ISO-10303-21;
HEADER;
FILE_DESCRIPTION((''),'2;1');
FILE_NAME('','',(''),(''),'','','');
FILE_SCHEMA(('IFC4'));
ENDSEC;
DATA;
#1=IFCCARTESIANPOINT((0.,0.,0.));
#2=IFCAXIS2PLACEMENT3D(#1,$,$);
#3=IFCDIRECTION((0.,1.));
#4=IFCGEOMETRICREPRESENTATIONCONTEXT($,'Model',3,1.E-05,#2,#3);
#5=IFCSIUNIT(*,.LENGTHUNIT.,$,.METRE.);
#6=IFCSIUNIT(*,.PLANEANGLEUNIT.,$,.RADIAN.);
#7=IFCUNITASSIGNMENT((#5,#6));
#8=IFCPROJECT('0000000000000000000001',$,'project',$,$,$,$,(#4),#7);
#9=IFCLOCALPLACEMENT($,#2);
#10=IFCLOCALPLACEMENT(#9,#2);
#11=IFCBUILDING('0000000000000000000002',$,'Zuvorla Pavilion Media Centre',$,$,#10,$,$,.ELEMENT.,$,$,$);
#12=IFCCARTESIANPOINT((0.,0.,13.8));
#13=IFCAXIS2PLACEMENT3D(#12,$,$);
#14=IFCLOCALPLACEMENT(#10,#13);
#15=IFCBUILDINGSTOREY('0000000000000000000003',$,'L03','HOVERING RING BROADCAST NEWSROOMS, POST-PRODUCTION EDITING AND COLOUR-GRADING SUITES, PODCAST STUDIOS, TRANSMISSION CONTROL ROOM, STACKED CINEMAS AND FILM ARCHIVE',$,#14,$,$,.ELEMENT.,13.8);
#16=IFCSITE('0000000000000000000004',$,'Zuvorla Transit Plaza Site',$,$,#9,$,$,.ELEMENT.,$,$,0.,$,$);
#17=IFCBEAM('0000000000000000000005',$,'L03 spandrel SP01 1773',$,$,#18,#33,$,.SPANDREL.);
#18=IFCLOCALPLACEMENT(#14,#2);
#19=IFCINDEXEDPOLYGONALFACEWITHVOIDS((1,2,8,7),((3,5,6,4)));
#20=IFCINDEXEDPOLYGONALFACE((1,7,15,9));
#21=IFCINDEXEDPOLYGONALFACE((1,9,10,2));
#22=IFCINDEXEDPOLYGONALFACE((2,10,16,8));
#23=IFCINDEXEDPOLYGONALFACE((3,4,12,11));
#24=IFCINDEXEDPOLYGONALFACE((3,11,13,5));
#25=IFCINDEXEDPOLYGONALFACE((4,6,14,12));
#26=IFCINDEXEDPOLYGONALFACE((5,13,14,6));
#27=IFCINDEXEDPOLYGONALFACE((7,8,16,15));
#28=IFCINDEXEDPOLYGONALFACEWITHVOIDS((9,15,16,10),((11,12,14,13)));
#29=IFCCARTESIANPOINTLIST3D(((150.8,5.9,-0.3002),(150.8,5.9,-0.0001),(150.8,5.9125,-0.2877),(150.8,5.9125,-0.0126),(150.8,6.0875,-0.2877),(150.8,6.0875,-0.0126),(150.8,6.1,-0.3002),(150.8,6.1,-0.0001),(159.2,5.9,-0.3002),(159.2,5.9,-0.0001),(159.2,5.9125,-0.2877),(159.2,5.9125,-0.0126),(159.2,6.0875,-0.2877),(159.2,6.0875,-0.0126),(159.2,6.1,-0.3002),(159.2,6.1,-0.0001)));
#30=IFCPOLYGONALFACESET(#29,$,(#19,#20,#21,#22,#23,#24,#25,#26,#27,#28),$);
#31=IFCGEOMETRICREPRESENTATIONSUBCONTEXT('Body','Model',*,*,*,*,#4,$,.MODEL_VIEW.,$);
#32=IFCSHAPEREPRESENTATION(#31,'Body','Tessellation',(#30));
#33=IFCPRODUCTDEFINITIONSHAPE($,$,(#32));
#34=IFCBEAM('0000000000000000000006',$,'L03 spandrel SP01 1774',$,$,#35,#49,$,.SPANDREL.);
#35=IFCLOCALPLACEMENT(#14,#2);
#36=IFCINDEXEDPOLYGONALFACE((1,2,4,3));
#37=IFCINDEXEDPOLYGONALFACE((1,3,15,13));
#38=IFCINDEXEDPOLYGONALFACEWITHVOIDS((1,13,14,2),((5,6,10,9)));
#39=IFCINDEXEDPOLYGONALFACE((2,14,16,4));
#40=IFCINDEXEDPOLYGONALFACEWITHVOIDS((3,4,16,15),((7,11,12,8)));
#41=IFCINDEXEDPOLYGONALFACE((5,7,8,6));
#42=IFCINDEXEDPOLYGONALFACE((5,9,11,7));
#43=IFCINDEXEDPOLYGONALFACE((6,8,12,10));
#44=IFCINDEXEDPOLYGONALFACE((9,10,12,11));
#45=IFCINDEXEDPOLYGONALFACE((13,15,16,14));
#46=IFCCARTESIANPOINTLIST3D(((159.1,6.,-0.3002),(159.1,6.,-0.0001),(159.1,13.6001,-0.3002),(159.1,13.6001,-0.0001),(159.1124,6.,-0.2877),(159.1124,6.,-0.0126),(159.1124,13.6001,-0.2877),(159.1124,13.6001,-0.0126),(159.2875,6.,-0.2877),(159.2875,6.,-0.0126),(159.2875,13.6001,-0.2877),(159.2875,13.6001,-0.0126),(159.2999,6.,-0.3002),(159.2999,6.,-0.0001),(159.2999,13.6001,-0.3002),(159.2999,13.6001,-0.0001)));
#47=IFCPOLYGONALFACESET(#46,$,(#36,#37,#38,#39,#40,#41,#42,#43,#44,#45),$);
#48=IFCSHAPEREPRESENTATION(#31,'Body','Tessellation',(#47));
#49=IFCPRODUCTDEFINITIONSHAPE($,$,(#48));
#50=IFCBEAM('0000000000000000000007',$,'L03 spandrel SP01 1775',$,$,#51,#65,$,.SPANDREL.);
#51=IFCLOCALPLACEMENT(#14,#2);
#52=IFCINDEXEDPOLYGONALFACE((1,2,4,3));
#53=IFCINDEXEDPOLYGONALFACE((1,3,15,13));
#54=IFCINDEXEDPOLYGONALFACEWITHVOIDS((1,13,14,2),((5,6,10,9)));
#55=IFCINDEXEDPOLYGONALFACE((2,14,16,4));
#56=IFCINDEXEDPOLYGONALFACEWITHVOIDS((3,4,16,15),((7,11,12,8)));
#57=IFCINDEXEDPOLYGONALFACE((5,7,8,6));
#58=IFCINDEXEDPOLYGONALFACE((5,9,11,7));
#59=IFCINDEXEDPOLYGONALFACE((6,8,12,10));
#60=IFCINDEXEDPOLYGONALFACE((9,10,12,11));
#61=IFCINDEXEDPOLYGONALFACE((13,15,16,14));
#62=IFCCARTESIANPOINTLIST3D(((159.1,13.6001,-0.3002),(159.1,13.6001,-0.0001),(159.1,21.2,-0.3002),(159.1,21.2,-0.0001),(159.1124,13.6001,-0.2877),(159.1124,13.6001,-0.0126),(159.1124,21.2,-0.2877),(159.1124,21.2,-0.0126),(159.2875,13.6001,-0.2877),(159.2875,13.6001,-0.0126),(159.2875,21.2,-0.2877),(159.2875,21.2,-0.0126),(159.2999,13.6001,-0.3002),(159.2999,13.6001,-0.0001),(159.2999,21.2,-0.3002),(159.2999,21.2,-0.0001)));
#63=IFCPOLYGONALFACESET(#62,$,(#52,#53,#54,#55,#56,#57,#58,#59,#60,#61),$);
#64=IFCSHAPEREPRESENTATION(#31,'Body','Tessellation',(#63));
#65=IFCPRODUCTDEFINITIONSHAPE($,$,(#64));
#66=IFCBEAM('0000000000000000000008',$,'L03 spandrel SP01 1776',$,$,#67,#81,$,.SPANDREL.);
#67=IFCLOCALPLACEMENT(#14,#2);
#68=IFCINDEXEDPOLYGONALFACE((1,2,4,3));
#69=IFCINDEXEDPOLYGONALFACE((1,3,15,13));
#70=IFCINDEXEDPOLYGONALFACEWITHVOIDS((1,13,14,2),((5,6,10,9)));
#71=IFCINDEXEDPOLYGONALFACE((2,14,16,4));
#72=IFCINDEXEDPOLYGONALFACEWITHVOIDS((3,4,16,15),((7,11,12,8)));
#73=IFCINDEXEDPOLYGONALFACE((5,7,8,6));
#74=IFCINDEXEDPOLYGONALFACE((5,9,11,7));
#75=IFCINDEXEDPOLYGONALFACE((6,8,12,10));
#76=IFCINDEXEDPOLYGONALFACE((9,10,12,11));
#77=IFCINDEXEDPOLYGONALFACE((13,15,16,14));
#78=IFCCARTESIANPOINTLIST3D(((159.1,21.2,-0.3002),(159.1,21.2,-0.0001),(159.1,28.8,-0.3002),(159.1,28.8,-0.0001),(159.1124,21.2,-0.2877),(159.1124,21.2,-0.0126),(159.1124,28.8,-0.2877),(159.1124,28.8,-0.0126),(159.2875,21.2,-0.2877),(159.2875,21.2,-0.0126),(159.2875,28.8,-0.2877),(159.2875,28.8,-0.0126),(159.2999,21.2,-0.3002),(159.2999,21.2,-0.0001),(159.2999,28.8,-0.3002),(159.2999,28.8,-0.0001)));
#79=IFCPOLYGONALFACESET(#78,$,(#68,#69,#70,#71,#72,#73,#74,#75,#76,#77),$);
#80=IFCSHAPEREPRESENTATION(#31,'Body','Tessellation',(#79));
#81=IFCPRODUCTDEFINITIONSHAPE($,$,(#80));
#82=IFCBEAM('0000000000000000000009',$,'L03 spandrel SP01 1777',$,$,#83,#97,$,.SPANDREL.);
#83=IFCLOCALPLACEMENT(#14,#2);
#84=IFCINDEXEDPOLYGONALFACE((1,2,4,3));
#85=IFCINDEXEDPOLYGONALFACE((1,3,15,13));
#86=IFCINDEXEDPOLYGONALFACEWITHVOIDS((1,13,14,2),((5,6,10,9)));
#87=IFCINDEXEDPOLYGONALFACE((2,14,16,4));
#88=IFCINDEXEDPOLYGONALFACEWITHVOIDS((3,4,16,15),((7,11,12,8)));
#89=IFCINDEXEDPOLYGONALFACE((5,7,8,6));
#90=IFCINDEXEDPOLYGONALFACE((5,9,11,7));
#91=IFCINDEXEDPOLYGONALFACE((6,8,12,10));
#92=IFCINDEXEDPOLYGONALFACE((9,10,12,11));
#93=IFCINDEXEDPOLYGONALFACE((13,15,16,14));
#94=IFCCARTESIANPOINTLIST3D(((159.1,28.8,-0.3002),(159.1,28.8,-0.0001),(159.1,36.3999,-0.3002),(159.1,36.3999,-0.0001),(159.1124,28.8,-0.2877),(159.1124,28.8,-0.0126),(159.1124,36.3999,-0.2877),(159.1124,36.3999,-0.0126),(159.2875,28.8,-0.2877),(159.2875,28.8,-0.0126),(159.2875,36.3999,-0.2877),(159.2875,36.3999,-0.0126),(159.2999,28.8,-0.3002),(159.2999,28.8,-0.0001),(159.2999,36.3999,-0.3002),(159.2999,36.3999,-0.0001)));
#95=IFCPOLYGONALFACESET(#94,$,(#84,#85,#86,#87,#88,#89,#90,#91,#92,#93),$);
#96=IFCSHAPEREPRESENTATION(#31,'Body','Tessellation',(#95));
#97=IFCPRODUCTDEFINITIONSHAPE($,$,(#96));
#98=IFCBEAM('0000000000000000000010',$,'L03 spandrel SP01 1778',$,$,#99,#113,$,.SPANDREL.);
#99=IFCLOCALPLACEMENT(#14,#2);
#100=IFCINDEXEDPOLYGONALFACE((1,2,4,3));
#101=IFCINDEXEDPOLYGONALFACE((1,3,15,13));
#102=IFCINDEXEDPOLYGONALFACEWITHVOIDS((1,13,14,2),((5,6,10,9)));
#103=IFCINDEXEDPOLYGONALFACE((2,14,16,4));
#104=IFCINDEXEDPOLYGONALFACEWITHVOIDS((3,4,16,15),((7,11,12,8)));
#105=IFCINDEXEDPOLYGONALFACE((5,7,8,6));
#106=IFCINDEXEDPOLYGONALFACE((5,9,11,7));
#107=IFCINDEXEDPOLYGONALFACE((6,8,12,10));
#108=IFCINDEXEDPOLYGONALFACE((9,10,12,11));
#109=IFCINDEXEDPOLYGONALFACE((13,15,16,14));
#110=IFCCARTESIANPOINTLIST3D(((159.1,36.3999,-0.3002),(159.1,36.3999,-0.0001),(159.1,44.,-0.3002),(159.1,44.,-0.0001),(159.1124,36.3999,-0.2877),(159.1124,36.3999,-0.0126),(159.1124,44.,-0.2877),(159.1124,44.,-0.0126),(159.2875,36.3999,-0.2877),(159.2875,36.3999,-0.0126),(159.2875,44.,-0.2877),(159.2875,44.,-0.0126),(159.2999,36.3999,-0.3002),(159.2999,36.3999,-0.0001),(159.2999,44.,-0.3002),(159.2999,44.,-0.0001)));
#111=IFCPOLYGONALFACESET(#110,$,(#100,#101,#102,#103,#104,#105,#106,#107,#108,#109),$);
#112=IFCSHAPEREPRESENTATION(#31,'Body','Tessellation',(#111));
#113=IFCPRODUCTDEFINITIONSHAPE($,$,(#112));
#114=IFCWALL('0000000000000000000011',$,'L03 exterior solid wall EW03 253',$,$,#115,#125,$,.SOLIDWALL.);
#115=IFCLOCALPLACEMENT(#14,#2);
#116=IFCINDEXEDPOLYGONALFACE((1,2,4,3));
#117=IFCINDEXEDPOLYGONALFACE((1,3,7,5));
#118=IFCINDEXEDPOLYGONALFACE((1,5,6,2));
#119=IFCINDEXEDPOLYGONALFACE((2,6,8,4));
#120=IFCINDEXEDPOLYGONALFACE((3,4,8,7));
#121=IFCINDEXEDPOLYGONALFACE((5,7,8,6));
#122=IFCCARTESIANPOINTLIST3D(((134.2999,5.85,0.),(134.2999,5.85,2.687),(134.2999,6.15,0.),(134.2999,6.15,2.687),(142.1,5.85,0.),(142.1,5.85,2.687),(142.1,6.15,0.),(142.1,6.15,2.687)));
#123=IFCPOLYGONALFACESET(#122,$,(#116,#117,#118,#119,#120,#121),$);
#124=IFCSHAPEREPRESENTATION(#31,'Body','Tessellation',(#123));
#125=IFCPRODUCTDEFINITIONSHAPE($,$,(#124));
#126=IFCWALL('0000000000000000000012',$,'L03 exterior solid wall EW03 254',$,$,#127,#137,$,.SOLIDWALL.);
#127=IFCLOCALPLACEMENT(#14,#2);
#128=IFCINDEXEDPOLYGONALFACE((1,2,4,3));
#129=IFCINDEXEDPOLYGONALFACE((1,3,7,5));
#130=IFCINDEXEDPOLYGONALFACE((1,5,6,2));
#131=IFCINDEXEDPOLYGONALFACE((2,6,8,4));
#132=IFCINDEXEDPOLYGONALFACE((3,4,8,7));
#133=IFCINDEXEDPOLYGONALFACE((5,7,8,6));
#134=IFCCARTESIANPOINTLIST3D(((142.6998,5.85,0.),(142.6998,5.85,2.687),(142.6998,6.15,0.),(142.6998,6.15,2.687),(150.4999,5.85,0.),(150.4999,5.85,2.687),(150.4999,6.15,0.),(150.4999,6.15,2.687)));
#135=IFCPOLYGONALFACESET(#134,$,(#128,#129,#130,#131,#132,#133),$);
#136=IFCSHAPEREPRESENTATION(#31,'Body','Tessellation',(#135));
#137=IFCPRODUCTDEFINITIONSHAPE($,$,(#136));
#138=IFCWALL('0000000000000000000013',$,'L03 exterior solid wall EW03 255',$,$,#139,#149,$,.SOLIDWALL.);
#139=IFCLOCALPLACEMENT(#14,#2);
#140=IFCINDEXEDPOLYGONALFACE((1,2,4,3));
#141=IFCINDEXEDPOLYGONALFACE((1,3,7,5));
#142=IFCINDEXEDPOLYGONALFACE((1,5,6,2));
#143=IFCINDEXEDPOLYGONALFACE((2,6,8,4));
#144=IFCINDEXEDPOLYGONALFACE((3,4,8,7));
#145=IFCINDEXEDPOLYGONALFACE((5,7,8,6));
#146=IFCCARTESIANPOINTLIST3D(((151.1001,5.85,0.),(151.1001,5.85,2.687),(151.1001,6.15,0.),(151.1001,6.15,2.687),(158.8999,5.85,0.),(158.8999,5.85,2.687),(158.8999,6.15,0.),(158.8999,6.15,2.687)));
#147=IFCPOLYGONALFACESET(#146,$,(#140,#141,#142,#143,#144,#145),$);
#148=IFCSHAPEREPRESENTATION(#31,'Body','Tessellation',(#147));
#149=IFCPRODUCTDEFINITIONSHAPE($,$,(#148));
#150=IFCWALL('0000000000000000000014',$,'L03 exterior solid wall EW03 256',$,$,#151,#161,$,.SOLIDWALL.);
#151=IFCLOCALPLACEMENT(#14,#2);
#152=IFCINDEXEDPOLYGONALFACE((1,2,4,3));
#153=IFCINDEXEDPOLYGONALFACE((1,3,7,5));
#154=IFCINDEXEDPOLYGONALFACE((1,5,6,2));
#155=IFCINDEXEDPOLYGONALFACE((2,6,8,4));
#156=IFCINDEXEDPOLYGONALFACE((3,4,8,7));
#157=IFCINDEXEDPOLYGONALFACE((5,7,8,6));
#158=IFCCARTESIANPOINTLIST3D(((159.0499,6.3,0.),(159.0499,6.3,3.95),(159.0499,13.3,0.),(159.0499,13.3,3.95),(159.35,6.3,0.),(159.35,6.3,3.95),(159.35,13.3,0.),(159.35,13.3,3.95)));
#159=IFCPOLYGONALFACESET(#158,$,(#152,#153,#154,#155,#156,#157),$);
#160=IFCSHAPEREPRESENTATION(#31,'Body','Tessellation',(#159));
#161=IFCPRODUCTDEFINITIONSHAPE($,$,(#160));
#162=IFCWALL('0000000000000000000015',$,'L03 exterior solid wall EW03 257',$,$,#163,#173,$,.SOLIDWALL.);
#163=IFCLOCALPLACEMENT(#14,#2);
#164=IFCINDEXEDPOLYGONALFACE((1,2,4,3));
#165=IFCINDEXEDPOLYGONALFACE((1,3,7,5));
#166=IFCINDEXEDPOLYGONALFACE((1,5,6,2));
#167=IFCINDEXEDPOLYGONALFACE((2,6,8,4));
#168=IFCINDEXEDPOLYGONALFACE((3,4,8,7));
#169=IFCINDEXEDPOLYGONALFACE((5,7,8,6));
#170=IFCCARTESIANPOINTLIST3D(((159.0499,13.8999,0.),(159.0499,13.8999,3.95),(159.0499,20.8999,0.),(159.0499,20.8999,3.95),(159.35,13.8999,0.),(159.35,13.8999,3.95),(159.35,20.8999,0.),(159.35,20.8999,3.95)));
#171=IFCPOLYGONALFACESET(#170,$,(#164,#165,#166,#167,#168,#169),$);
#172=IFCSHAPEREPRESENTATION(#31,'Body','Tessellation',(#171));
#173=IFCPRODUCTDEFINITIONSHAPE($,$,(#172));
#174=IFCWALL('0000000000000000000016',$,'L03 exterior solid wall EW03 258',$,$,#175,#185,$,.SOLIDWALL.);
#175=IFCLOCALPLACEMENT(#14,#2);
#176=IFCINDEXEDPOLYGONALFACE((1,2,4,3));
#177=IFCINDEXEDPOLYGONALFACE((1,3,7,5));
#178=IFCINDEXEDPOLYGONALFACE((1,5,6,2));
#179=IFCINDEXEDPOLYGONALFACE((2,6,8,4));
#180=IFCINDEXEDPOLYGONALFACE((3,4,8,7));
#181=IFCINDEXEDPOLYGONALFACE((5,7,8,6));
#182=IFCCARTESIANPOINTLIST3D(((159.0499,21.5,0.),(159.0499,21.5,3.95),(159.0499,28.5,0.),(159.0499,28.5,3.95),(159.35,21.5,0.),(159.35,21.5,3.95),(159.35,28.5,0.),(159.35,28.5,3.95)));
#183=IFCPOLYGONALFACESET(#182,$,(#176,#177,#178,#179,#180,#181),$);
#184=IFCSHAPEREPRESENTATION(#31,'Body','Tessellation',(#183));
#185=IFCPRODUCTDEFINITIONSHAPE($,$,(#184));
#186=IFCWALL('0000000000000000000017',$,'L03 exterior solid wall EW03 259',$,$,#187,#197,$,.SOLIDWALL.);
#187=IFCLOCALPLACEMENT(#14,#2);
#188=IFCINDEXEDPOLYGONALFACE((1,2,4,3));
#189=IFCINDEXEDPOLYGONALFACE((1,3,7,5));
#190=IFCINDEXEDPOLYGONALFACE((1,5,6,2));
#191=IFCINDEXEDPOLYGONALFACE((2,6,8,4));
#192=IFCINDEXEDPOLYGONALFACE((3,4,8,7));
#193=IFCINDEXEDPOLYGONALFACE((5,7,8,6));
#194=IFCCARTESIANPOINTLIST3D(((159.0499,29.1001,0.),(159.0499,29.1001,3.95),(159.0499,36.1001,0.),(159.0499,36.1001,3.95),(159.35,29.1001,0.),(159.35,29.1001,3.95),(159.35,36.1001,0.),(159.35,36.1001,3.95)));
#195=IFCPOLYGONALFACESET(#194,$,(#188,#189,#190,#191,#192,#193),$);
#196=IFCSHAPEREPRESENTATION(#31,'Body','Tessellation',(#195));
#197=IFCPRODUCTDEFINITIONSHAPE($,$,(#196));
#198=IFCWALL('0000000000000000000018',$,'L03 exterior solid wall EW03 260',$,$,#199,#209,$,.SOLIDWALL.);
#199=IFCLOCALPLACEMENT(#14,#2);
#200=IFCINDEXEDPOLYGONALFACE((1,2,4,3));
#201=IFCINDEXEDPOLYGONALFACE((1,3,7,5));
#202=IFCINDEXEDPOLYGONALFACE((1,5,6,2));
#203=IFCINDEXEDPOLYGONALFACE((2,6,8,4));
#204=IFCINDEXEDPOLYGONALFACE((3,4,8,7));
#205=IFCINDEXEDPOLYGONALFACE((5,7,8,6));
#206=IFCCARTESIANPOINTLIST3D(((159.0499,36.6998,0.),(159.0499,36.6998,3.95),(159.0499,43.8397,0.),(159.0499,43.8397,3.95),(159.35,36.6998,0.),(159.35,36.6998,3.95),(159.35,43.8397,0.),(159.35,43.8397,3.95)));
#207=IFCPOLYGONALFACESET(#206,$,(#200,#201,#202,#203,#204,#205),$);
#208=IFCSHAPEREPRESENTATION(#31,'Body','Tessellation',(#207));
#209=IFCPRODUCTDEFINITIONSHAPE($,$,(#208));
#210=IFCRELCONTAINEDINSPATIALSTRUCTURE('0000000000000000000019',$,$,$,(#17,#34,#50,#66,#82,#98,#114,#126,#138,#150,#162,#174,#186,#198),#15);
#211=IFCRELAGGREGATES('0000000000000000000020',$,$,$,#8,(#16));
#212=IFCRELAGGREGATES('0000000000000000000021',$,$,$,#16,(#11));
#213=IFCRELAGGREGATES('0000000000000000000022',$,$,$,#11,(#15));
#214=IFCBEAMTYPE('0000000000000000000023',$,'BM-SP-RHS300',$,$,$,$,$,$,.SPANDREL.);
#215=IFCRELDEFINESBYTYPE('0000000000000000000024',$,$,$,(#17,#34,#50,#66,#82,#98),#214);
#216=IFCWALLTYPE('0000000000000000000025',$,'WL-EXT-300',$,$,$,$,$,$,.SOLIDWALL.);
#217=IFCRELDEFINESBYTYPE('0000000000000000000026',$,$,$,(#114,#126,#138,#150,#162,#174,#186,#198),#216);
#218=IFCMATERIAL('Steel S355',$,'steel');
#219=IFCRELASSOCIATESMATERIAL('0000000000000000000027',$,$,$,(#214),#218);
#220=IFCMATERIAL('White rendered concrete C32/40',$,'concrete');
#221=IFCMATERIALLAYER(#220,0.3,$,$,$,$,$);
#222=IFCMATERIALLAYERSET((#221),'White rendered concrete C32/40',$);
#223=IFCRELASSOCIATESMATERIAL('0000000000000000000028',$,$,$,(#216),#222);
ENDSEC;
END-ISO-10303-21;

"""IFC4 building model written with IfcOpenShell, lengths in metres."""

from ifc_helpers import new_model, si_unit, direction, frame, frame_2d, origin, origin_2d, place, context, subcontext, project, spatial, rectangle, hollow_rectangle, extrude, material, layer, layer_set, material_profile, profile_set, type_object, element, save


model = new_model("IFC4")

# Units and contexts
model_context = context("Model", 3, precision=1e-05, world=origin(), true_north=direction((0.0, 1.0)))
body_context = subcontext(model_context, "Body", "Model", "MODEL_VIEW")
ifc_project = project(units=[si_unit("LENGTHUNIT", "METRE"), si_unit("PLANEANGLEUNIT", "RADIAN")], contexts=[model_context])

# Site, building, storey
site_placement = place(None, origin())
site = spatial("IfcSite", under=ifc_project, at=site_placement, Name="Zuvorla Transit Plaza Site", CompositionType="ELEMENT", RefElevation=0.0)
building_placement = place(site_placement, origin())
building = spatial("IfcBuilding", under=site, at=building_placement, Name="Zuvorla Pavilion Media Centre", CompositionType="ELEMENT")
storey_placement = place(building_placement, frame((0.0, 0.0, 13.8)))
storey = spatial("IfcBuildingStorey", under=building, at=storey_placement, Name="L03", Description="HOVERING RING BROADCAST NEWSROOMS, POST-PRODUCTION EDITING AND COLOUR-GRADING SUITES, PODCAST STUDIOS, TRANSMISSION CONTROL ROOM, STACKED CINEMAS AND FILM ARCHIVE", CompositionType="ELEMENT", Elevation=13.8)

# Beams
ifc_material_1 = material(Name="Steel S355", Category="steel")
ifc_material_profile_1 = material_profile(ifc_material_1, hollow_rectangle(XDim=0.2, YDim=0.3, WallThickness=0.0125, at=origin_2d()), Name="RHS 300x200x12.5")
ifc_profile_set_1 = profile_set([ifc_material_profile_1], Name="Steel S355")
beam_type = type_object("IfcBeamType", Name="BM-SP-RHS300", PredefinedType="SPANDREL", material=ifc_profile_set_1)
beam_1_placement = place(storey_placement, frame((150.8, 6.0, -0.1501), z_axis=(1.0, 0.0, 0.0), x_axis=(0.0, 1.0, 0.0)))
element("IfcBeam", 1, at=beam_1_placement, inside=storey, type_object=beam_type, Name="L03 spandrel SP01 1773", PredefinedType="SPANDREL", context=body_context, shape_type="SweptSolid", body=[
    extrude(hollow_rectangle(XDim=0.2, YDim=0.3, WallThickness=0.0125, at=origin_2d()), origin(), (0.0, 0.0, 1.0), 8.3999),
])
beam_2_placement = place(storey_placement, frame((159.2, 6.0, -0.1501), z_axis=(0.0, 1.0, 0.0), x_axis=(-1.0, 0.0, 0.0)))
element("IfcBeam", 2, at=beam_2_placement, inside=storey, type_object=beam_type, Name="L03 spandrel SP01 1774", PredefinedType="SPANDREL", context=body_context, shape_type="SweptSolid", body=[
    extrude(hollow_rectangle(XDim=0.2, YDim=0.3, WallThickness=0.0125, at=origin_2d()), origin(), (0.0, 0.0, 1.0), 7.6001),
])
beam_3_placement = place(storey_placement, frame((159.2, 13.6001, -0.1501), z_axis=(0.0, 1.0, 0.0), x_axis=(-1.0, 0.0, 0.0)))
element("IfcBeam", 3, at=beam_3_placement, inside=storey, type_object=beam_type, Name="L03 spandrel SP01 1775", PredefinedType="SPANDREL", context=body_context, shape_type="SweptSolid", body=[
    extrude(hollow_rectangle(XDim=0.2, YDim=0.3, WallThickness=0.0125, at=origin_2d()), origin(), (0.0, 0.0, 1.0), 7.5999),
])
beam_4_placement = place(storey_placement, frame((159.2, 21.2, -0.1501), z_axis=(0.0, 1.0, 0.0), x_axis=(-1.0, 0.0, 0.0)))
element("IfcBeam", 4, at=beam_4_placement, inside=storey, type_object=beam_type, Name="L03 spandrel SP01 1776", PredefinedType="SPANDREL", context=body_context, shape_type="SweptSolid", body=[
    extrude(hollow_rectangle(XDim=0.2, YDim=0.3, WallThickness=0.0125, at=origin_2d()), origin(), (0.0, 0.0, 1.0), 7.6001),
])
beam_5_placement = place(storey_placement, frame((159.2, 28.8, -0.1501), z_axis=(0.0, 1.0, 0.0), x_axis=(-1.0, 0.0, 0.0)))
element("IfcBeam", 5, at=beam_5_placement, inside=storey, type_object=beam_type, Name="L03 spandrel SP01 1777", PredefinedType="SPANDREL", context=body_context, shape_type="SweptSolid", body=[
    extrude(hollow_rectangle(XDim=0.2, YDim=0.3, WallThickness=0.0125, at=origin_2d()), origin(), (0.0, 0.0, 1.0), 7.5999),
])
beam_6_placement = place(storey_placement, frame((159.2, 36.3999, -0.1501), z_axis=(0.0, 1.0, 0.0), x_axis=(-1.0, 0.0, 0.0)))
element("IfcBeam", 6, at=beam_6_placement, inside=storey, type_object=beam_type, Name="L03 spandrel SP01 1778", PredefinedType="SPANDREL", context=body_context, shape_type="SweptSolid", body=[
    extrude(hollow_rectangle(XDim=0.2, YDim=0.3, WallThickness=0.0125, at=origin_2d()), origin(), (0.0, 0.0, 1.0), 7.6001),
])

# Walls
ifc_material_2 = material(Name="White rendered concrete C32/40", Category="concrete")
ifc_layer = layer(ifc_material_2, 0.3)
ifc_layer_set = layer_set([ifc_layer], Name="White rendered concrete C32/40")
wall_type = type_object("IfcWallType", Name="WL-EXT-300", PredefinedType="SOLIDWALL", material=ifc_layer_set)
for number, where, z_axis, x_axis, name in (
    (7, (134.3, 6.0, 0.0), (0.0, 0.0, 1.0), (1.0, 0.0, 0.0), "L03 exterior solid wall EW03 253"),
    (8, (142.7, 6.0, 0.0), (0.0, 0.0, 1.0), (1.0, 0.0, 0.0), "L03 exterior solid wall EW03 254"),
):
    element("IfcWall", number, at=place(storey_placement, frame(where, z_axis=z_axis, x_axis=x_axis)), inside=storey, type_object=wall_type, Name=name, PredefinedType="SOLIDWALL", context=body_context, shape_type="SweptSolid", body=[
        extrude(rectangle(XDim=7.8, YDim=0.3, at=frame_2d((3.8999, 0.0))), origin(), (0.0, 0.0, 1.0), 2.687),
    ])
wall_1_placement = place(storey_placement, frame((151.1001, 6.0, 0.0), z_axis=(0.0, 0.0, 1.0), x_axis=(1.0, 0.0, 0.0)))
element("IfcWall", 9, at=wall_1_placement, inside=storey, type_object=wall_type, Name="L03 exterior solid wall EW03 255", PredefinedType="SOLIDWALL", context=body_context, shape_type="SweptSolid", body=[
    extrude(rectangle(XDim=7.7998, YDim=0.3, at=frame_2d((3.8999, 0.0))), origin(), (0.0, 0.0, 1.0), 2.687),
])
for number, where, z_axis, x_axis, name in (
    (10, (159.2, 6.3, 0.0), (0.0, 0.0, 1.0), (0.0, 1.0, 0.0), "L03 exterior solid wall EW03 256"),
    (11, (159.2, 13.8999, 0.0), (0.0, 0.0, 1.0), (0.0, 1.0, 0.0), "L03 exterior solid wall EW03 257"),
    (12, (159.2, 21.5, 0.0), (0.0, 0.0, 1.0), (0.0, 1.0, 0.0), "L03 exterior solid wall EW03 258"),
    (13, (159.2, 29.1001, 0.0), (0.0, 0.0, 1.0), (0.0, 1.0, 0.0), "L03 exterior solid wall EW03 259"),
):
    element("IfcWall", number, at=place(storey_placement, frame(where, z_axis=z_axis, x_axis=x_axis)), inside=storey, type_object=wall_type, Name=name, PredefinedType="SOLIDWALL", context=body_context, shape_type="SweptSolid", body=[
        extrude(rectangle(XDim=7.0, YDim=0.3, at=frame_2d((3.5, 0.0))), origin(), (0.0, 0.0, 1.0), 3.95),
    ])
wall_2_placement = place(storey_placement, frame((159.2, 36.7, 0.0), z_axis=(0.0, 0.0, 1.0), x_axis=(0.0, 1.0, 0.0)))
element("IfcWall", 14, at=wall_2_placement, inside=storey, type_object=wall_type, Name="L03 exterior solid wall EW03 260", PredefinedType="SOLIDWALL", context=body_context, shape_type="SweptSolid", body=[
    extrude(rectangle(XDim=7.1399, YDim=0.3, at=frame_2d((3.5698, 0.0))), origin(), (0.0, 0.0, 1.0), 3.95),
])

save(model, "model.ifc")
